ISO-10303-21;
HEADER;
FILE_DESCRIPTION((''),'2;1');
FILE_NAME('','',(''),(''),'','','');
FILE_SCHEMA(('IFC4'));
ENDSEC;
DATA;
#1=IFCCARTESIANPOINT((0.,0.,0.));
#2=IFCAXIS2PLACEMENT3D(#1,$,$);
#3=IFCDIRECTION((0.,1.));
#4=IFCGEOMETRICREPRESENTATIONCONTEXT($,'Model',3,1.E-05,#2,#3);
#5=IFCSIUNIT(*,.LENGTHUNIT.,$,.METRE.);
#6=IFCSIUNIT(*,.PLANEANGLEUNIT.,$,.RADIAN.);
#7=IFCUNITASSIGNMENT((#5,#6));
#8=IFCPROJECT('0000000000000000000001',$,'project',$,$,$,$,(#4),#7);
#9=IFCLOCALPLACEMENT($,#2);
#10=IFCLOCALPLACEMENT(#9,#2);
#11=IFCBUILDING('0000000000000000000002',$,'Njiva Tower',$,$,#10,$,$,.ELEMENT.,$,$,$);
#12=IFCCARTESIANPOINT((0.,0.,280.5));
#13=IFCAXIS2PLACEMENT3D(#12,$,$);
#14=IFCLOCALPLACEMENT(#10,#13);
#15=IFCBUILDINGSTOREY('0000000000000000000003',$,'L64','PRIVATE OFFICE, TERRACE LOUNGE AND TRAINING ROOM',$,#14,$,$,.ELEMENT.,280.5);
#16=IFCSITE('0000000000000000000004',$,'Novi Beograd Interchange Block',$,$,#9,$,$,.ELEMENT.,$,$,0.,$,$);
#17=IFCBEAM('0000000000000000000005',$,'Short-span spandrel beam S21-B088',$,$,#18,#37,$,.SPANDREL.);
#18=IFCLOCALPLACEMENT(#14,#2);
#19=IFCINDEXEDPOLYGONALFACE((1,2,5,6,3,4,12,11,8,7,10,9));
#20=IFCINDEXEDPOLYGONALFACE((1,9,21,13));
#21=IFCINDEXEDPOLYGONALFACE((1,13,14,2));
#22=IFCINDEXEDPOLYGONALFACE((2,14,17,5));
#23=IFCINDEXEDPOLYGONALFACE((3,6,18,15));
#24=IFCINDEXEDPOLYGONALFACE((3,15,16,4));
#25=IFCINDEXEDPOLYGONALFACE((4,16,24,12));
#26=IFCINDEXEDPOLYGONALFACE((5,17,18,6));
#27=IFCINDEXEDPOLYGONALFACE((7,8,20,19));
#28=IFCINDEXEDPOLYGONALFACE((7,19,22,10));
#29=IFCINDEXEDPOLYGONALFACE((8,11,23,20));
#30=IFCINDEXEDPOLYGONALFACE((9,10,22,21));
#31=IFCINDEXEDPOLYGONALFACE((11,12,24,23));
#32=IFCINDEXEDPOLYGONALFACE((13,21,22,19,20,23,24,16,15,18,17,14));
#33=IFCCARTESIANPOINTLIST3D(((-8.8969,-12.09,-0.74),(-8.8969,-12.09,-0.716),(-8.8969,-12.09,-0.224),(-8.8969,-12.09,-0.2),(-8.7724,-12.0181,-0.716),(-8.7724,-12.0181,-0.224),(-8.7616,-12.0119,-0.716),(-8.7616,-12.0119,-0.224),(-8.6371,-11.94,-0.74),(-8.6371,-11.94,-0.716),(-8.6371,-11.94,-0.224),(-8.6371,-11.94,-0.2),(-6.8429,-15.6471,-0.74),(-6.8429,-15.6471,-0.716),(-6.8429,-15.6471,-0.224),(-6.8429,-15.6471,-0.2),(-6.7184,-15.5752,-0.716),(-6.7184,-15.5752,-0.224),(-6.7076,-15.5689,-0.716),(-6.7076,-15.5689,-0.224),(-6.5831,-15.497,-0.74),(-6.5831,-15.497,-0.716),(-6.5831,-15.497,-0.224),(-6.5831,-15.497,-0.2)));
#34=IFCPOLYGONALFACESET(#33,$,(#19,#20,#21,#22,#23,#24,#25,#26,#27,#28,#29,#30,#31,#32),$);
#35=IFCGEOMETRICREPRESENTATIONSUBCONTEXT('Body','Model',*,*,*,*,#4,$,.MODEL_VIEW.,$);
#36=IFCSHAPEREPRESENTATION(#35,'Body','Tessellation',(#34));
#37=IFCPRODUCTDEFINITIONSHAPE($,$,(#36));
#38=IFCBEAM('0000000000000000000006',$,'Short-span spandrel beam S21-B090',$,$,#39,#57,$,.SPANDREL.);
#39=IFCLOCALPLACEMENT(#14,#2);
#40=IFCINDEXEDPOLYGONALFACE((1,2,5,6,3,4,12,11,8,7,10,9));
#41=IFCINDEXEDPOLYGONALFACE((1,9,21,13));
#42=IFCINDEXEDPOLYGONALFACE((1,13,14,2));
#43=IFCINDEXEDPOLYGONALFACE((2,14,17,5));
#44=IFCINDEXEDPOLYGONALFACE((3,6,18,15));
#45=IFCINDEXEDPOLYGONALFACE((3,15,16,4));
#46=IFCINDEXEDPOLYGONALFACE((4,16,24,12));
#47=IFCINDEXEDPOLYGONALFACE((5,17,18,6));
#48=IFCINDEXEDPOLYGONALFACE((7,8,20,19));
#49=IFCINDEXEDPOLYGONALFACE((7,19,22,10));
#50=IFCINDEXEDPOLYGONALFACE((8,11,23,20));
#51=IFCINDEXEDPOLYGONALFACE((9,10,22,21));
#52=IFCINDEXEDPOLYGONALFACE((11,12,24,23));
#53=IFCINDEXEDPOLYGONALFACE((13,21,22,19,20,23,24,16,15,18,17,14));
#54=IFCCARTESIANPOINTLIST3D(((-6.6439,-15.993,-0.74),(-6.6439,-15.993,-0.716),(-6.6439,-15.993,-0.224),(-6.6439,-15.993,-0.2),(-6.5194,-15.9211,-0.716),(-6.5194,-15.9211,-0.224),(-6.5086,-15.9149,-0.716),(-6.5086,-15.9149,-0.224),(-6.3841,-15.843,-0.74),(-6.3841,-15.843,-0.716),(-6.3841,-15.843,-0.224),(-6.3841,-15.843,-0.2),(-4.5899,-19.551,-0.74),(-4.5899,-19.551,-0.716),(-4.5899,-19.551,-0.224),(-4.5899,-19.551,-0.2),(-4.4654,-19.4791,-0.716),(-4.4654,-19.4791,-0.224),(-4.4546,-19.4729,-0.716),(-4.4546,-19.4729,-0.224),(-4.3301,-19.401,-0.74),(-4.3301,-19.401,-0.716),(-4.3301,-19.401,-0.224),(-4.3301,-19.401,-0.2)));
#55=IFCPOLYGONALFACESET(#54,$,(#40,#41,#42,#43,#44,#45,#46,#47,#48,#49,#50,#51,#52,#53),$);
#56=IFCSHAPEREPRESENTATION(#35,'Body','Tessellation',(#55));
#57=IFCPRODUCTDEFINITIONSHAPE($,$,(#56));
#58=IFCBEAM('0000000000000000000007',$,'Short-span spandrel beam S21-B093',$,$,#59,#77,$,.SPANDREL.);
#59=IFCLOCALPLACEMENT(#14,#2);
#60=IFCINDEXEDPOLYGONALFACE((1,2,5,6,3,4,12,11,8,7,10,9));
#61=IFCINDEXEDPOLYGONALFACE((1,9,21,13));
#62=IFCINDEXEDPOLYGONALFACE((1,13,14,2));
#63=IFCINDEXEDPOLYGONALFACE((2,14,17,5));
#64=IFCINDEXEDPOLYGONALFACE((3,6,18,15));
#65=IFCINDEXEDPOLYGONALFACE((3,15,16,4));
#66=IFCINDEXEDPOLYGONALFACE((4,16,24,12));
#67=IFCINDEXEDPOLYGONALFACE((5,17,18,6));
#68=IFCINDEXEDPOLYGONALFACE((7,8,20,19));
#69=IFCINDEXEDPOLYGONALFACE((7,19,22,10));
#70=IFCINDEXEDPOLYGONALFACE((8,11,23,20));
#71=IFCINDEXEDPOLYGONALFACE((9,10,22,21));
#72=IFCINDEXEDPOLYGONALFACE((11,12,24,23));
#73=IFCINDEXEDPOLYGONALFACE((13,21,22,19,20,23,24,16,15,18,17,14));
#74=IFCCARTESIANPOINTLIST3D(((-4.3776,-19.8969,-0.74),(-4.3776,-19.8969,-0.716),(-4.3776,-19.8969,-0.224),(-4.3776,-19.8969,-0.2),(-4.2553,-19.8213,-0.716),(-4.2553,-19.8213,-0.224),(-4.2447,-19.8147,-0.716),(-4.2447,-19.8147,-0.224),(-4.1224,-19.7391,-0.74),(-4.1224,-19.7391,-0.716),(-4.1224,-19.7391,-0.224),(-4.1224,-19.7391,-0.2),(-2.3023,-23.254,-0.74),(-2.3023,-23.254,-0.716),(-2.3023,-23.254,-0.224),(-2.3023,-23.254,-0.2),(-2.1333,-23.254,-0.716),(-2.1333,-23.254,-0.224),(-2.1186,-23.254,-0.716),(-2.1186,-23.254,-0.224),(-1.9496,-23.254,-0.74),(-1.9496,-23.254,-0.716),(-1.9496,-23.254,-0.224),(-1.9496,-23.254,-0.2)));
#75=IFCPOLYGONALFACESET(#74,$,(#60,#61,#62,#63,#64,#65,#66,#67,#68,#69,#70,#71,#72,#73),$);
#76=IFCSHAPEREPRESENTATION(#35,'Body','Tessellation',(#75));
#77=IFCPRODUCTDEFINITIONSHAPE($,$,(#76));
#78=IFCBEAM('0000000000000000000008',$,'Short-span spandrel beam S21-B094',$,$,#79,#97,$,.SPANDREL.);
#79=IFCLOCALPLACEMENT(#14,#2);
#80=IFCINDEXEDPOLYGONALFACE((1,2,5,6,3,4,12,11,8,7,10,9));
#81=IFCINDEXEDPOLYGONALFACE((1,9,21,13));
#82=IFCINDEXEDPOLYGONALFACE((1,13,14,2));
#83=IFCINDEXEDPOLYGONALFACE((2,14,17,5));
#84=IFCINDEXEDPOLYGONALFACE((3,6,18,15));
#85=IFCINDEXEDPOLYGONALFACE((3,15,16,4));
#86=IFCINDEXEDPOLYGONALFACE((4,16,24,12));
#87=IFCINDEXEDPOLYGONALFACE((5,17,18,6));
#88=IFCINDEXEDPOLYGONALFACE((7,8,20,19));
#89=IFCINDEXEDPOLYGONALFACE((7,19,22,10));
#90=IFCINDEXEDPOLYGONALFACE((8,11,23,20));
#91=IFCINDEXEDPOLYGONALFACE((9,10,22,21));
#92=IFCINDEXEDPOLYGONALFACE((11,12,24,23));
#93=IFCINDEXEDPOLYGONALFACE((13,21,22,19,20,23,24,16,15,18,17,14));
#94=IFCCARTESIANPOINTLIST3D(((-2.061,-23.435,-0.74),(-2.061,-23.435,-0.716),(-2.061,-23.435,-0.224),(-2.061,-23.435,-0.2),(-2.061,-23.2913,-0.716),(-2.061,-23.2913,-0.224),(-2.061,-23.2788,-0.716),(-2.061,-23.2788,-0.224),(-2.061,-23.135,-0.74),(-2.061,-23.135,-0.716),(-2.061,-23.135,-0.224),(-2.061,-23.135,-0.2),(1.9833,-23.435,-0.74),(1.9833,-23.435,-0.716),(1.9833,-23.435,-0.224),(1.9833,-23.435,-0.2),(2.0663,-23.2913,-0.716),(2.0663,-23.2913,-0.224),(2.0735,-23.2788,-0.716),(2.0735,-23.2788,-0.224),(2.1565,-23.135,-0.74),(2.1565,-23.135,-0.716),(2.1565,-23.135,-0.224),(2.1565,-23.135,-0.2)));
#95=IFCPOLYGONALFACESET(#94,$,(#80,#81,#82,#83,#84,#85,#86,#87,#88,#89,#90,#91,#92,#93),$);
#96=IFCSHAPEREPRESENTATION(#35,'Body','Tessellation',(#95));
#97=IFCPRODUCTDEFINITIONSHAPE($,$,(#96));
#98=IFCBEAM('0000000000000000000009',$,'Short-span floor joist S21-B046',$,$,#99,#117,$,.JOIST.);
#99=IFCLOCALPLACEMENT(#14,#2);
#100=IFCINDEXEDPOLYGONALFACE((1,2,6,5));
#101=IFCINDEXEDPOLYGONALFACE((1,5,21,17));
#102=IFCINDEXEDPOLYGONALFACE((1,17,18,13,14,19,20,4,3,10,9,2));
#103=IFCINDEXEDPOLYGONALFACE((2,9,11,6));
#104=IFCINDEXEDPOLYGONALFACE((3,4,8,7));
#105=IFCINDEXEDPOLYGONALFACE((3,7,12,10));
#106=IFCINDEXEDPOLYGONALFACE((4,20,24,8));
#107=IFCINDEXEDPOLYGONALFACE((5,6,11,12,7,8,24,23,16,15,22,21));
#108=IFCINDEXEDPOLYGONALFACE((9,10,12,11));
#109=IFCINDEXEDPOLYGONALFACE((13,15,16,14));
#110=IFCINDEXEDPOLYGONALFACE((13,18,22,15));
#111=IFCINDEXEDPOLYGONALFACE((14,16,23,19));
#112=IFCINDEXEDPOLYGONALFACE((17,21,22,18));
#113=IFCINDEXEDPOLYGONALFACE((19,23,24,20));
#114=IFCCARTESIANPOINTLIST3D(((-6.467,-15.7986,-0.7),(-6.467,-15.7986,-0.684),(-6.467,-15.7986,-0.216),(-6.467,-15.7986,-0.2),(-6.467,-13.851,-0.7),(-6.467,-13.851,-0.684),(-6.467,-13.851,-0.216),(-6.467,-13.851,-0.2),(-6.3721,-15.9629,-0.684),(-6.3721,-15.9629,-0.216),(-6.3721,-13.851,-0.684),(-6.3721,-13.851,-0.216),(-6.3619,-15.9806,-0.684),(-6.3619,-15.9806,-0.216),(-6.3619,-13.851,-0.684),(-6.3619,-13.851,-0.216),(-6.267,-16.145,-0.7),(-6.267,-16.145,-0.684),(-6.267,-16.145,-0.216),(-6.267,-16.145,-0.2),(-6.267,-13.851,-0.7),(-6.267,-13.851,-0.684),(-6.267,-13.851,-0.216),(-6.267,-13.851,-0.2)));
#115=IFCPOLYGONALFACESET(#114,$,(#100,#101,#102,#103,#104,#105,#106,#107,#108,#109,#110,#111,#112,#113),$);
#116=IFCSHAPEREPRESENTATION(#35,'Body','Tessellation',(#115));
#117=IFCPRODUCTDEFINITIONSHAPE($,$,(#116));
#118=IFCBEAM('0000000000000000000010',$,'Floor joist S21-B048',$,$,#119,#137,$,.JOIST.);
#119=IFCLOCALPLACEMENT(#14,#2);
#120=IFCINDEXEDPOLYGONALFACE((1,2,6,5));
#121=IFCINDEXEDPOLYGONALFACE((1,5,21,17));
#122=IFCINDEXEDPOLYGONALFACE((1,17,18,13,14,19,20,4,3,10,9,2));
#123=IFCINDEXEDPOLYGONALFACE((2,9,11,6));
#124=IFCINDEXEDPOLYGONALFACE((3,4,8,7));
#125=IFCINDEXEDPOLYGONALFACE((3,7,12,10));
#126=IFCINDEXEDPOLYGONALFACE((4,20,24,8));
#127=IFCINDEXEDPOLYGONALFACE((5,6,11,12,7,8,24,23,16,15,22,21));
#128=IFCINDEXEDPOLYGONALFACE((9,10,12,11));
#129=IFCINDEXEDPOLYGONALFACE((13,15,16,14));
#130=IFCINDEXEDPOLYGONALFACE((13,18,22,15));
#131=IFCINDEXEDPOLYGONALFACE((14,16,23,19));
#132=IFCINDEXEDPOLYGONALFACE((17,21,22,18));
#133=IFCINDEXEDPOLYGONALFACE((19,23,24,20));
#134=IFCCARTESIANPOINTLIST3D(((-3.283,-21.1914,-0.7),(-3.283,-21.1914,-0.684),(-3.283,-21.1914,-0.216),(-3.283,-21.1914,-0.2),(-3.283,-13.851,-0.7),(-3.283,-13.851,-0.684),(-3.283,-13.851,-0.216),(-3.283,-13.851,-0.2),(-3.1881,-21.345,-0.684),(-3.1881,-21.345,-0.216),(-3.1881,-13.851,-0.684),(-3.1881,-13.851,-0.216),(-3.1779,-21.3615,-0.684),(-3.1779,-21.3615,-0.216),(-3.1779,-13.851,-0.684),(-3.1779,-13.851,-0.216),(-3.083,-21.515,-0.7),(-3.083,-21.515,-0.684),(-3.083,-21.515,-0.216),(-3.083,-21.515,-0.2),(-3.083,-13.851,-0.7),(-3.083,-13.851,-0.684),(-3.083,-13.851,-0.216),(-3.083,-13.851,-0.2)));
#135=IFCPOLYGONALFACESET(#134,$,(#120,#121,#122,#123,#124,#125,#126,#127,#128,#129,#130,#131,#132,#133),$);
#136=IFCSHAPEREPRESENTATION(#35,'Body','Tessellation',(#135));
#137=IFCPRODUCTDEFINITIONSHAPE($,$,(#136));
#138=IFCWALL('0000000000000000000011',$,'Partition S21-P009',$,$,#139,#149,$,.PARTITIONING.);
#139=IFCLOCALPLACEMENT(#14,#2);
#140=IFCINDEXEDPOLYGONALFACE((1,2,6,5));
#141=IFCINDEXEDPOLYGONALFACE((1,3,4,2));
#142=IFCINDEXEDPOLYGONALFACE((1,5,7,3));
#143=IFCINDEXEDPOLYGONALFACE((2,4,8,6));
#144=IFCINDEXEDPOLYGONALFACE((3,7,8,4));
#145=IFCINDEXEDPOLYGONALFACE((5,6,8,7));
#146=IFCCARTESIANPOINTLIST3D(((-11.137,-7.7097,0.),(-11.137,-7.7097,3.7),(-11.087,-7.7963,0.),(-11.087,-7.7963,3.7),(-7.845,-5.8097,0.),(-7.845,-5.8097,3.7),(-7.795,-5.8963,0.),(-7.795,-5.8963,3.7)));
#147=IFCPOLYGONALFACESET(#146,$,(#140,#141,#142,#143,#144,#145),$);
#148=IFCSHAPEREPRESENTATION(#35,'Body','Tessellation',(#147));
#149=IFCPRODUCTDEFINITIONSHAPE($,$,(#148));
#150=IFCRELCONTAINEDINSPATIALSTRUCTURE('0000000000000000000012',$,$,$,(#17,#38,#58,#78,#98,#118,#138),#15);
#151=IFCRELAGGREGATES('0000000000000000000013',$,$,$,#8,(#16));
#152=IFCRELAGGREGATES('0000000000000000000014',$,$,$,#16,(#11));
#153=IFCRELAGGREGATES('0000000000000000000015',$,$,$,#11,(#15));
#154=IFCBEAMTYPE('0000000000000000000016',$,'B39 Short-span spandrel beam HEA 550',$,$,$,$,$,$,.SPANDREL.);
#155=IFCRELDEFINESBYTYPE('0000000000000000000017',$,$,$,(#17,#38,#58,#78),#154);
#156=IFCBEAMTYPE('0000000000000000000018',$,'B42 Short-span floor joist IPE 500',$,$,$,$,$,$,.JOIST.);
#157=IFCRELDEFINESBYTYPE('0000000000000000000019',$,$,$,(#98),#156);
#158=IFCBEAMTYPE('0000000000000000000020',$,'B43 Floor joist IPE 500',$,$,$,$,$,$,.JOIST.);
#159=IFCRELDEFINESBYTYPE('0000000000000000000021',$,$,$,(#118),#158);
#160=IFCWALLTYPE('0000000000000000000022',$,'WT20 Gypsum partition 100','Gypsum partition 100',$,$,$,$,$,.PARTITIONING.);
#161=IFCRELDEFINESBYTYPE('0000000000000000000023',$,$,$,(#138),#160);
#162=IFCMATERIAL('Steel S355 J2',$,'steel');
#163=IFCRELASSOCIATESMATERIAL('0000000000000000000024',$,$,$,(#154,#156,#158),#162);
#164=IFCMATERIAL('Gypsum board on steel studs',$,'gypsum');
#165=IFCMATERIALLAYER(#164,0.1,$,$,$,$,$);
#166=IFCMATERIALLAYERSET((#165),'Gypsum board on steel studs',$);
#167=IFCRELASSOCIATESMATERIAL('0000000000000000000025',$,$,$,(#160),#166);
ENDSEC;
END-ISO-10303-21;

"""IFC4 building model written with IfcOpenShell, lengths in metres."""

from ifc_helpers import new_model, si_unit, direction, frame, frame_2d, origin, origin_2d, place, context, subcontext, project, spatial, rectangle, i_section, extrude, clip, halfspace, material, layer, layer_set, material_profile, profile_set, type_object, element, save


model = new_model("IFC4")

# Units and contexts
model_context = context("Model", 3, precision=1e-05, world=origin(), true_north=direction((0.0, 1.0)))
body_context = subcontext(model_context, "Body", "Model", "MODEL_VIEW")
ifc_project = project(units=[si_unit("LENGTHUNIT", "METRE"), si_unit("PLANEANGLEUNIT", "RADIAN")], contexts=[model_context])

# Site, building, storey
site_placement = place(None, origin())
site = spatial("IfcSite", under=ifc_project, at=site_placement, Name="Novi Beograd Interchange Block", CompositionType="ELEMENT", RefElevation=0.0)
building_placement = place(site_placement, origin())
building = spatial("IfcBuilding", under=site, at=building_placement, Name="Njiva Tower", CompositionType="ELEMENT")
storey_placement = place(building_placement, frame((0.0, 0.0, 280.5)))
storey = spatial("IfcBuildingStorey", under=building, at=storey_placement, Name="L64", Description="PRIVATE OFFICE, TERRACE LOUNGE AND TRAINING ROOM", CompositionType="ELEMENT", Elevation=280.5)

# Shared definitions
ifc_material_1 = material(Name="Steel S355 J2", Category="steel")

# Beams
ifc_material_profile_1 = material_profile(ifc_material_1, i_section(OverallWidth=0.3, OverallDepth=0.54, WebThickness=0.0125, FlangeThickness=0.024, at=origin_2d()), Name="HEA 550")
ifc_profile_set_1 = profile_set([ifc_material_profile_1], Name="Steel S355 J2")
beam_type_1 = type_object("IfcBeamType", Name="B39 Short-span spandrel beam HEA 550", PredefinedType="SPANDREL", material=ifc_profile_set_1)
for number, where, z_axis, x_axis, name in (
    (1, (-8.767, -12.015, -0.47), (0.500067, -0.865987, 0.0), (0.865987, 0.500067, 0.0), "Short-span spandrel beam S21-B088"),
):
    element("IfcBeam", number, at=place(storey_placement, frame(where, z_axis=z_axis, x_axis=x_axis)), inside=storey, type_object=beam_type_1, Name=name, PredefinedType="SPANDREL", context=body_context, shape_type="SweptSolid", body=[
        extrude(i_section(OverallWidth=0.3, OverallDepth=0.54, WebThickness=0.0125, FlangeThickness=0.024, at=origin_2d()), origin(), (0.0, 0.0, 1.0), 4.1075),
    ])
beam_1_placement = place(storey_placement, frame((-6.514, -15.918, -0.47), z_axis=(0.499961, -0.866048, 0.0), x_axis=(0.866048, 0.499961, 0.0)))
element("IfcBeam", 2, at=beam_1_placement, inside=storey, type_object=beam_type_1, Name="Short-span spandrel beam S21-B090", PredefinedType="SPANDREL", context=body_context, shape_type="SweptSolid", body=[
    extrude(i_section(OverallWidth=0.3, OverallDepth=0.54, WebThickness=0.0125, FlangeThickness=0.024, at=origin_2d()), origin(), (0.0, 0.0, 1.0), 4.1083),
])
beam_2_placement = place(storey_placement, frame((-4.25, -19.818, -0.47), z_axis=(0.525809, -0.850603, 0.0), x_axis=(0.850603, 0.525809, 0.0)))
element("IfcBeam", 3, at=beam_2_placement, inside=storey, type_object=beam_type_1, Name="Short-span spandrel beam S21-B093", PredefinedType="SPANDREL", context=body_context, shape_type="Clipping", body=[
    clip(extrude(i_section(OverallWidth=0.3, OverallDepth=0.54, WebThickness=0.0125, FlangeThickness=0.024, at=origin_2d()), origin(), (0.0, 0.0, 1.0), 4.1525), halfspace(frame((-0.0259, 0.0, 4.0235), z_axis=(-0.525809, 0.0, 0.850603), x_axis=(0.0, 1.0, 0.0)), False)),
])
beam_3_placement = place(storey_placement, frame((-2.061, -23.285, -0.47), z_axis=(1.0, 0.0, 0.0), x_axis=(0.0, 1.0, 0.0)))
element("IfcBeam", 4, at=beam_3_placement, inside=storey, type_object=beam_type_1, Name="Short-span spandrel beam S21-B094", PredefinedType="SPANDREL", context=body_context, shape_type="Clipping", body=[
    clip(extrude(i_section(OverallWidth=0.3, OverallDepth=0.54, WebThickness=0.0125, FlangeThickness=0.024, at=origin_2d()), origin(), (0.0, 0.0, 1.0), 4.238), halfspace(frame((-0.0253, 0.0, 4.1163), z_axis=(-0.499998, 0.0, 0.866027), x_axis=(0.0, 1.0, 0.0)), False)),
])
ifc_material_profile_2 = material_profile(ifc_material_1, i_section(OverallWidth=0.2, OverallDepth=0.5, WebThickness=0.0102, FlangeThickness=0.016, at=origin_2d()), Name="IPE 500")
ifc_profile_set_2 = profile_set([ifc_material_profile_2], Name="Steel S355 J2")
beam_type_2 = type_object("IfcBeamType", Name="B42 Short-span floor joist IPE 500", PredefinedType="JOIST", material=ifc_profile_set_2)
beam_4_placement = place(storey_placement, frame((-6.367, -13.851, -0.45), z_axis=(0.0, -1.0, 0.0), x_axis=(1.0, 0.0, 0.0)))
element("IfcBeam", 5, at=beam_4_placement, inside=storey, type_object=beam_type_2, Name="Short-span floor joist S21-B046", PredefinedType="JOIST", context=body_context, shape_type="Clipping", body=[
    clip(extrude(i_section(OverallWidth=0.2, OverallDepth=0.5, WebThickness=0.0102, FlangeThickness=0.016, at=origin_2d()), origin(), (0.0, 0.0, 1.0), 2.314), halfspace(frame((-0.043, 0.0, 2.0463), z_axis=(-0.866027, 0.0, 0.499998), x_axis=(0.0, 1.0, 0.0)), False)),
])
ifc_material_profile_3 = material_profile(ifc_material_1, i_section(OverallWidth=0.2, OverallDepth=0.5, WebThickness=0.0102, FlangeThickness=0.016, at=origin_2d()), Name="IPE 500")
ifc_profile_set_3 = profile_set([ifc_material_profile_3], Name="Steel S355 J2")
beam_type_3 = type_object("IfcBeamType", Name="B43 Floor joist IPE 500", PredefinedType="JOIST", material=ifc_profile_set_3)
beam_5_placement = place(storey_placement, frame((-3.183, -13.851, -0.45), z_axis=(0.0, -1.0, 0.0), x_axis=(1.0, 0.0, 0.0)))
element("IfcBeam", 6, at=beam_5_placement, inside=storey, type_object=beam_type_3, Name="Floor joist S21-B048", PredefinedType="JOIST", context=body_context, shape_type="Clipping", body=[
    clip(extrude(i_section(OverallWidth=0.2, OverallDepth=0.5, WebThickness=0.0102, FlangeThickness=0.016, at=origin_2d()), origin(), (0.0, 0.0, 1.0), 7.684), halfspace(frame((-0.0429, 0.0, 7.4328), z_axis=(-0.85062, 0.0, 0.52578), x_axis=(0.0, 1.0, 0.0)), False)),
])

# Wall
ifc_material_2 = material(Name="Gypsum board on steel studs", Category="gypsum")
ifc_layer_1 = layer(ifc_material_2, 0.1)
ifc_layer_set_1 = layer_set([ifc_layer_1], Name="Gypsum board on steel studs")
wall_type_1 = type_object("IfcWallType", Name="WT20 Gypsum partition 100", Description="Gypsum partition 100", PredefinedType="PARTITIONING", material=ifc_layer_set_1)
wall_1_placement = place(storey_placement, frame((-11.112, -7.753, 0.0), z_axis=(0.0, 0.0, 1.0), x_axis=(0.866098, 0.499874, 0.0)))
element("IfcWall", 7, at=wall_1_placement, inside=storey, type_object=wall_type_1, Name="Partition S21-P009", PredefinedType="PARTITIONING", context=body_context, shape_type="SweptSolid", body=[
    extrude(rectangle(XDim=3.801, YDim=0.1, at=frame_2d((1.9005, 0.0))), origin(), (0.0, 0.0, 1.0), 3.7),
])

save(model, "model.ifc")
